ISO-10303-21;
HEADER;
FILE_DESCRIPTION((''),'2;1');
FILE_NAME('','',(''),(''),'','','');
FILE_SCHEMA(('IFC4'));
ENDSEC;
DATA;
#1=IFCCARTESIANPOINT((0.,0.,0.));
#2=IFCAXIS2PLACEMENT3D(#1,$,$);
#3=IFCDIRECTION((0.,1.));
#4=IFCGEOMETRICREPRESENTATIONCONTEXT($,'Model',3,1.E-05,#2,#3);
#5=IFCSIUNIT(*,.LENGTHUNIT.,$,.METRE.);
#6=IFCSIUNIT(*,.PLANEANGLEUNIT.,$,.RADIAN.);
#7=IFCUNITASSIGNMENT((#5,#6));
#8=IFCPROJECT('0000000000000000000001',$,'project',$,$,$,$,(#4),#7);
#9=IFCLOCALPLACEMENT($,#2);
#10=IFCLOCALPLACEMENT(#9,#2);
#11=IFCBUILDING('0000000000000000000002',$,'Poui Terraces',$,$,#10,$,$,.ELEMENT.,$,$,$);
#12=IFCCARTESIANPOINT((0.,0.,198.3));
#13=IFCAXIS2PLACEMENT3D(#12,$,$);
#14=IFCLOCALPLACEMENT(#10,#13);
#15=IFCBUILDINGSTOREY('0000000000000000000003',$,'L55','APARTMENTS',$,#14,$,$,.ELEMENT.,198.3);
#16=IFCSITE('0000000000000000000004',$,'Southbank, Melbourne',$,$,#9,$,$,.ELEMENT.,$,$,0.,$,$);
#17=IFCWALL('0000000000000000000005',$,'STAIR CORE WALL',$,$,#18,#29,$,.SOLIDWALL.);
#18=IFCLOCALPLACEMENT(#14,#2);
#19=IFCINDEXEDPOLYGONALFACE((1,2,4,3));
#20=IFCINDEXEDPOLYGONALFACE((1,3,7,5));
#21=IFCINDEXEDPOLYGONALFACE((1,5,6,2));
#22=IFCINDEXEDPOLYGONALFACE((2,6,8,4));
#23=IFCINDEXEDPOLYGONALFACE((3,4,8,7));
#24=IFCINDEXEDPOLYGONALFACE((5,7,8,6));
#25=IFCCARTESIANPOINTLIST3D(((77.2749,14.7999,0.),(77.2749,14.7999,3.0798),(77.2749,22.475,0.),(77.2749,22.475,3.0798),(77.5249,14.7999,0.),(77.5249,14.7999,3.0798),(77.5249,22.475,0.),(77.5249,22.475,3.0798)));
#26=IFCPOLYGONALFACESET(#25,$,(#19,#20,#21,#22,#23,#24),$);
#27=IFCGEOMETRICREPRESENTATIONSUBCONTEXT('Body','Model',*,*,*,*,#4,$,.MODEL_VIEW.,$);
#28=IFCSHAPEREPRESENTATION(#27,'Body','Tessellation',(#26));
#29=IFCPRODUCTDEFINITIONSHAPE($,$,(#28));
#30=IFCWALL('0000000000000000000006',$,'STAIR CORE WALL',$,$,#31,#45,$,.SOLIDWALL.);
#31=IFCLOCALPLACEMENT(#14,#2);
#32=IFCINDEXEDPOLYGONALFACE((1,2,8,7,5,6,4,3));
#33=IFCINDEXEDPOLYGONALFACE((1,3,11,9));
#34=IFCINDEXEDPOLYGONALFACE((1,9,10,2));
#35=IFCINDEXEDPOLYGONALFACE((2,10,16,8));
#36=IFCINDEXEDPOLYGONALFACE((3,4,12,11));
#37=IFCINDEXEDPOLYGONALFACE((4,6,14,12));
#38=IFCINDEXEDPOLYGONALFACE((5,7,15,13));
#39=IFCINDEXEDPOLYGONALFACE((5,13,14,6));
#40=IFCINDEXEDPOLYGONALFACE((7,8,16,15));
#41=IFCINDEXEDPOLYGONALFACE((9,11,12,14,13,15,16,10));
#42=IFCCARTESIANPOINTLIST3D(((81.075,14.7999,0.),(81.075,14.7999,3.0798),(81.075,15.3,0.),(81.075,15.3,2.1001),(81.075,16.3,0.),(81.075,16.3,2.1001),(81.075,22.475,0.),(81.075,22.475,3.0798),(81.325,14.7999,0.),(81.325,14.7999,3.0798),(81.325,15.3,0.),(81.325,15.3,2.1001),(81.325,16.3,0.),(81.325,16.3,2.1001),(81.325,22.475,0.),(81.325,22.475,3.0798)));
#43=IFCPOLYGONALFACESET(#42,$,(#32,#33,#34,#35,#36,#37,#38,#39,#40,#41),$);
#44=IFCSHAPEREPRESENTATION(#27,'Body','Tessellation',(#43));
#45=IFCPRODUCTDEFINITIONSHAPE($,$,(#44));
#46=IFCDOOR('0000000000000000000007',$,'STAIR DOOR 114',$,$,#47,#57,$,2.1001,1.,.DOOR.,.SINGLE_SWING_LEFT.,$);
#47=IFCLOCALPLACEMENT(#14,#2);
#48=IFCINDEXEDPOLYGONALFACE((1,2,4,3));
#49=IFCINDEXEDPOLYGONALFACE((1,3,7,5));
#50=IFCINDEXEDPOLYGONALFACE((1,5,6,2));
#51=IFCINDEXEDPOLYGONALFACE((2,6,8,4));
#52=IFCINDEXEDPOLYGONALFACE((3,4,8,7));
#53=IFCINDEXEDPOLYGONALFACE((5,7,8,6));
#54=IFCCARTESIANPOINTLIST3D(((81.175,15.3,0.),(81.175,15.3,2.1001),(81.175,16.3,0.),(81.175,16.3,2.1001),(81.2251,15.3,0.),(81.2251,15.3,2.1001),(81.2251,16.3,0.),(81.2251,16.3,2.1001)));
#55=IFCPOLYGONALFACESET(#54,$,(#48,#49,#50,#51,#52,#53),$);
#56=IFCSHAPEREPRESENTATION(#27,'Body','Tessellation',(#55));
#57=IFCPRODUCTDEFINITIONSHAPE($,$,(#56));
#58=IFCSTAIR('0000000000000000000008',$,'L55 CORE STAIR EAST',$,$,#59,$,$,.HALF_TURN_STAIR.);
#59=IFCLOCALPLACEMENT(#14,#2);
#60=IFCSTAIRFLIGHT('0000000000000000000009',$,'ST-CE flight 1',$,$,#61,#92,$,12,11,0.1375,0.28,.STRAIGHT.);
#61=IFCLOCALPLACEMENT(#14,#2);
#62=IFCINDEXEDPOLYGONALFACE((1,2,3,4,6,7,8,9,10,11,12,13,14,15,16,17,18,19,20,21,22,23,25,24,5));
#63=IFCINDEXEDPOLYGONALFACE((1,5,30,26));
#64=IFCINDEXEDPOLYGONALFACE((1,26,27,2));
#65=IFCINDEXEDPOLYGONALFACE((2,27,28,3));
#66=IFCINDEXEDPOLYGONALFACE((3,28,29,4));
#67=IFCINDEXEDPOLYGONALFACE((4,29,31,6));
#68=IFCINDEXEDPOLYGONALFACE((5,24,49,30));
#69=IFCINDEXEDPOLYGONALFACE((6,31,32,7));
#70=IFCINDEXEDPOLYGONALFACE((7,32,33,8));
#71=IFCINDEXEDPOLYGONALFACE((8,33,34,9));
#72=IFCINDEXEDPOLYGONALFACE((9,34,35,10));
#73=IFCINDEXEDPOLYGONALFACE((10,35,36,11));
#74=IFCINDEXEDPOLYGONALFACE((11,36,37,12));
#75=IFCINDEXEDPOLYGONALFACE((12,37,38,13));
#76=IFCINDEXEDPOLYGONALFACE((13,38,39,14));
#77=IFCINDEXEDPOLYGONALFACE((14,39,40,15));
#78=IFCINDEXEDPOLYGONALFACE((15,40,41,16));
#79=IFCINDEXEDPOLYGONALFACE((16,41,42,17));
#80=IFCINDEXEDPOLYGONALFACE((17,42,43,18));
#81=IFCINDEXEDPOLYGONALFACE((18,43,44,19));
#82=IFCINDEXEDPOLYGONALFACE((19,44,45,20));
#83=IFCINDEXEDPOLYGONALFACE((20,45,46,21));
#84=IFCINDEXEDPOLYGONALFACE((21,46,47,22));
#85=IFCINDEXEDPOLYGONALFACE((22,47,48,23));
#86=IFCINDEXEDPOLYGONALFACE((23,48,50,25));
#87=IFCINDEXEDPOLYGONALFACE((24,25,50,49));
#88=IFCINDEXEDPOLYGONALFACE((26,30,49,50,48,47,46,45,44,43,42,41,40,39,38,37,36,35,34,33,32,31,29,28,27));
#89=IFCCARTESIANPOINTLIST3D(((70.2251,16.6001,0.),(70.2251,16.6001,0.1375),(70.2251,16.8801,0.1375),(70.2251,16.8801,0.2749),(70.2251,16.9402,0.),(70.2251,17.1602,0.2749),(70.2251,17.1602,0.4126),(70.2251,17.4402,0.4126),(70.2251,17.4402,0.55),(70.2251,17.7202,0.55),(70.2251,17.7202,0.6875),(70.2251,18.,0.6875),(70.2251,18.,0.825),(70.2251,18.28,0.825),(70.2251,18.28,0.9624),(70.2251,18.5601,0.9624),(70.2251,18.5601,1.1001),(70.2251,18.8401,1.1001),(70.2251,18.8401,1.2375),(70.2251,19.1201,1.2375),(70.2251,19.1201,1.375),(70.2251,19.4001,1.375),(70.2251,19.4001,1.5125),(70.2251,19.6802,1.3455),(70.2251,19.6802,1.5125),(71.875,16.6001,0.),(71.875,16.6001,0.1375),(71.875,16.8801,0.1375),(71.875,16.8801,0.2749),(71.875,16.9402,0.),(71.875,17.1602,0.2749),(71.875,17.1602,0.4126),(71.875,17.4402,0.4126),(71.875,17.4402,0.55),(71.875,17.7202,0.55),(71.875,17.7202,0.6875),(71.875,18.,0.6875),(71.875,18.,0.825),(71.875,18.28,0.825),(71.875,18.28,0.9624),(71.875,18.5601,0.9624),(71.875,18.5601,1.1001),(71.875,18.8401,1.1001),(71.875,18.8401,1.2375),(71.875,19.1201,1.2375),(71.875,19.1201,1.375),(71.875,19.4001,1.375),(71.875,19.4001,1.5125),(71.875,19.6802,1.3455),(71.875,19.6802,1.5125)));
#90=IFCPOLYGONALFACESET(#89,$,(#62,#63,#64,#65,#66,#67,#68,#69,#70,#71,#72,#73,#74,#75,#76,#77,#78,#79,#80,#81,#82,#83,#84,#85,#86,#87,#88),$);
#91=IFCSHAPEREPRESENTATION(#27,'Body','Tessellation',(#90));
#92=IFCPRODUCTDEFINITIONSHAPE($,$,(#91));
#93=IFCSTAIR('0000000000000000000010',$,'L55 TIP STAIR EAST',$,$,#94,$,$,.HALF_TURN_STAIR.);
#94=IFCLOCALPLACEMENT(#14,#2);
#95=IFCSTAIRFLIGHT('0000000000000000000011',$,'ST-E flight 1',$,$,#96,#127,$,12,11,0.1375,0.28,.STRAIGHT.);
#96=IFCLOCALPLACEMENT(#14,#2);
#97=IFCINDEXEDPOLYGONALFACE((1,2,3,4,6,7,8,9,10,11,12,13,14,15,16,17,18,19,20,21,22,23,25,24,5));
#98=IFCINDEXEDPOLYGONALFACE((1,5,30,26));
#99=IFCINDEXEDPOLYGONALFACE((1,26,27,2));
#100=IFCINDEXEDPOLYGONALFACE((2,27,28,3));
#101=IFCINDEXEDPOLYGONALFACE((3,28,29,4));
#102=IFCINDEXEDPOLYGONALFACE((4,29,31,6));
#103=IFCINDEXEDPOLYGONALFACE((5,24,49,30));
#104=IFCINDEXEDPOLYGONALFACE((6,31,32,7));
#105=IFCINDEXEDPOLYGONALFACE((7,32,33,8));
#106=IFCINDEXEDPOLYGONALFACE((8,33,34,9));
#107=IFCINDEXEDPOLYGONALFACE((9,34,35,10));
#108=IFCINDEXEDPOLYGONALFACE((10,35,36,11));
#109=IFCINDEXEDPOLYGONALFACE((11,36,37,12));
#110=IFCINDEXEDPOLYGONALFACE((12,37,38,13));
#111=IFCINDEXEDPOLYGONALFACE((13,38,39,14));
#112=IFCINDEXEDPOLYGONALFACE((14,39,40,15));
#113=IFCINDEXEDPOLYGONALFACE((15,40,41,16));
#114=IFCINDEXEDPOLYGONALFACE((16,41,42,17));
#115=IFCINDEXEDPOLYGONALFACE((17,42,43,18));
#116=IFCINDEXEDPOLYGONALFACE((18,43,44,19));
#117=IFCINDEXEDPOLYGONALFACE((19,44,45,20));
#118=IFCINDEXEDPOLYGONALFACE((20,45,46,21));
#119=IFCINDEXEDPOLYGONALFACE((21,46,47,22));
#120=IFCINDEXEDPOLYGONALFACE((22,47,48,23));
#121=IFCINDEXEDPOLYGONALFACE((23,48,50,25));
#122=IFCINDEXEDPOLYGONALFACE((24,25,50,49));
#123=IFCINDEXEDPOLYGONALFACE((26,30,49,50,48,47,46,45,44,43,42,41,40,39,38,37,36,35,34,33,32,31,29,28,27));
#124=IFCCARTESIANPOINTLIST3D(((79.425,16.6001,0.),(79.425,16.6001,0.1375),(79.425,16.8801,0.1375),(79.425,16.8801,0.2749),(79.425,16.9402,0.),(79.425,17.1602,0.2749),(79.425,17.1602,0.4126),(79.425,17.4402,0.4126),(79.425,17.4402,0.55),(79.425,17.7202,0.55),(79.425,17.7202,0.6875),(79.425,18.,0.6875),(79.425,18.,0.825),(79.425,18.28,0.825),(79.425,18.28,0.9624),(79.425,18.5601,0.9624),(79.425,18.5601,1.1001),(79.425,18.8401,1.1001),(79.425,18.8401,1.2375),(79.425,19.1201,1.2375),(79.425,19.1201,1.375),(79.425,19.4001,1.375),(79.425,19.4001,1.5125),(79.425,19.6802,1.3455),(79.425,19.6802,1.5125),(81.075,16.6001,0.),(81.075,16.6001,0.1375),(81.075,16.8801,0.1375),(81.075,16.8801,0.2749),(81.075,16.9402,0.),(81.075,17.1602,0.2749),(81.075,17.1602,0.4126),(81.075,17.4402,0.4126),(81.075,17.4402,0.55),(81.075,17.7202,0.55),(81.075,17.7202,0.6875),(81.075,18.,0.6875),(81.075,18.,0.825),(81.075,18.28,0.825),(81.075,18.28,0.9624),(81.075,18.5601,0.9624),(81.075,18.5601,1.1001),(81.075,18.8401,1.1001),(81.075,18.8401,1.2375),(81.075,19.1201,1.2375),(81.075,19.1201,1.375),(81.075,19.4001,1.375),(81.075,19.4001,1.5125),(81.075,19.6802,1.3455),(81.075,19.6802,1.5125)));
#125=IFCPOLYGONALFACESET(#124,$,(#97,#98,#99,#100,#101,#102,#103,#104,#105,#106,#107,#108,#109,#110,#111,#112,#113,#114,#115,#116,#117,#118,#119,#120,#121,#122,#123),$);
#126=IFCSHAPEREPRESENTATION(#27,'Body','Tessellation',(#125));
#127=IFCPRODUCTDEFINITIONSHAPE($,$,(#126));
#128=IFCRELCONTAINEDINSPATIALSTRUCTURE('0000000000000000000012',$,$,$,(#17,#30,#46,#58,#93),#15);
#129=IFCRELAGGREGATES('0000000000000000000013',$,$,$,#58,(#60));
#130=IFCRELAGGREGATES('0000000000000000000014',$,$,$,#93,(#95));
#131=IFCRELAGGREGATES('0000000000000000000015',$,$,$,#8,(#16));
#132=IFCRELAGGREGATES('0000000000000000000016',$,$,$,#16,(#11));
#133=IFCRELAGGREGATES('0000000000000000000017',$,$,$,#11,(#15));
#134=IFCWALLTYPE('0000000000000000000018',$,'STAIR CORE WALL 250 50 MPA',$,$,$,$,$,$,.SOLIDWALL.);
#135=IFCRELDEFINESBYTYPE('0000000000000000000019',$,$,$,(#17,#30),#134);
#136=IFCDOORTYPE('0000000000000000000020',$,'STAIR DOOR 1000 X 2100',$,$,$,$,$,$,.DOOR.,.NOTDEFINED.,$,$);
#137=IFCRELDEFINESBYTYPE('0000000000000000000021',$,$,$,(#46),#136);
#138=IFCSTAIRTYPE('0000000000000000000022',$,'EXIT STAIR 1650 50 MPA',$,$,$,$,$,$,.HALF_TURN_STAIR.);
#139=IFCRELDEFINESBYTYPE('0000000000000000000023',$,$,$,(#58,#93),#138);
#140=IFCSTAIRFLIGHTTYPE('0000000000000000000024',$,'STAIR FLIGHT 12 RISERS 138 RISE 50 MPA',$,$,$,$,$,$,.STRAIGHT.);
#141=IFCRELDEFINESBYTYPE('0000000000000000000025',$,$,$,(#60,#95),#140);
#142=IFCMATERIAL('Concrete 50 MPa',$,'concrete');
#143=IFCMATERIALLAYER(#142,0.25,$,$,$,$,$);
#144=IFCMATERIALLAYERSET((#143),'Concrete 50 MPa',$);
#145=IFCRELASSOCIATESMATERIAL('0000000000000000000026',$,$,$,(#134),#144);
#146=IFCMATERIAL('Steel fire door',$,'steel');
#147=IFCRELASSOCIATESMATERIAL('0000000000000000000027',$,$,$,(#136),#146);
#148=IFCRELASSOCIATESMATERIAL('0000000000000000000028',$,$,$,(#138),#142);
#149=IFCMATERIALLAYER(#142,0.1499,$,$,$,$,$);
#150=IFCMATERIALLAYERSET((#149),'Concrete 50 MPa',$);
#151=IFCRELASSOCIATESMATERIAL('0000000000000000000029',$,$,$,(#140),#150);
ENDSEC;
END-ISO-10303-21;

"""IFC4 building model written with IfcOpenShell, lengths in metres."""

from ifc_helpers import new_model, si_unit, direction, frame, frame_2d, origin, place, context, subcontext, project, spatial, polyline, rectangle, outline, extrude, material, layer, layer_set, type_object, element, fill, aggregate, save


model = new_model("IFC4")

# Units and contexts
model_context = context("Model", 3, precision=1e-05, world=origin(), true_north=direction((0.0, 1.0)))
body_context = subcontext(model_context, "Body", "Model", "MODEL_VIEW")
ifc_project = project(units=[si_unit("LENGTHUNIT", "METRE"), si_unit("PLANEANGLEUNIT", "RADIAN")], contexts=[model_context])

# Site, building, storey
site_placement = place(None, origin())
site = spatial("IfcSite", under=ifc_project, at=site_placement, Name="Southbank, Melbourne", CompositionType="ELEMENT", RefElevation=0.0)
building_placement = place(site_placement, origin())
building = spatial("IfcBuilding", under=site, at=building_placement, Name="Poui Terraces", CompositionType="ELEMENT")
storey_placement = place(building_placement, frame((0.0, 0.0, 198.3)))
storey = spatial("IfcBuildingStorey", under=building, at=storey_placement, Name="L55", Description="APARTMENTS", CompositionType="ELEMENT", Elevation=198.3)

# Shared definitions
ifc_material_1 = material(Name="Concrete 50 MPa", Category="concrete")

# Shared definitions
ifc_material_2 = material(Name="Steel fire door", Category="steel")

# Shared definitions
ifc_layer_1 = layer(ifc_material_1, 0.25)
ifc_layer_set_1 = layer_set([ifc_layer_1], Name="Concrete 50 MPa")
wall_type_1 = type_object("IfcWallType", Name="STAIR CORE WALL 250 50 MPA", PredefinedType="SOLIDWALL", material=ifc_layer_set_1)
door_type_1 = type_object("IfcDoorType", Name="STAIR DOOR 1000 X 2100", OperationType="NOTDEFINED", PredefinedType="DOOR", material=ifc_material_2)

# Wall
for number, where, z_axis, x_axis, name in (
    (1, (77.3999, 14.8, 0.0), (0.0, 0.0, 1.0), (0.0, 1.0, 0.0), "STAIR CORE WALL"),
):
    element("IfcWall", number, at=place(storey_placement, frame(where, z_axis=z_axis, x_axis=x_axis)), inside=storey, type_object=wall_type_1, Name=name, PredefinedType="SOLIDWALL", context=body_context, shape_type="SweptSolid", body=[
        extrude(rectangle(XDim=7.675, YDim=0.25, at=frame_2d((3.8374, 0.0))), origin(), (0.0, 0.0, 1.0), 3.0798),
    ])

# Wall, opening, door
wall_1_placement = place(storey_placement, frame((81.2, 14.8, 0.0), z_axis=(0.0, 0.0, 1.0), x_axis=(0.0, 1.0, 0.0)))
wall_1 = element("IfcWall", 2, at=wall_1_placement, inside=storey, type_object=wall_type_1, Name="STAIR CORE WALL", PredefinedType="SOLIDWALL", context=body_context, shape_type="SweptSolid", body=[
    extrude(rectangle(XDim=7.675, YDim=0.25, at=frame_2d((3.8374, 0.0))), origin(), (0.0, 0.0, 1.0), 3.0798),
])
opening_1_placement = place(wall_1_placement, frame((0.5, 0.0, 0.0)))
opening_1 = element("IfcOpeningElement", 3, at=opening_1_placement, cuts=wall_1, PredefinedType="OPENING", context=body_context, shape_type="SweptSolid", body=[
    extrude(rectangle(XDim=1.0, YDim=2.1001, at=frame_2d((0.5, 1.05))), frame((0.0, 0.135, 0.0), z_axis=(0.0, -1.0, 0.0), x_axis=(1.0, 0.0, 0.0)), (0.0, 0.0, 1.0), 0.27),
])
door_1_placement = place(opening_1_placement, origin())
door_1 = element("IfcDoor", 4, at=door_1_placement, inside=storey, type_object=door_type_1, Name="STAIR DOOR 114", OperationType="SINGLE_SWING_LEFT", OverallHeight=2.1001, OverallWidth=1.0, PredefinedType="DOOR", context=body_context, shape_type="SweptSolid", body=[
    extrude(rectangle(XDim=1.0, YDim=2.1001, at=frame_2d((0.5, 1.05))), frame((0.0, 0.0249, 0.0), z_axis=(0.0, -1.0, 0.0), x_axis=(1.0, 0.0, 0.0)), (0.0, 0.0, 1.0), 0.05),
])
fill(opening_1, door_1)

# Stairs, stair flights
stair_type = type_object("IfcStairType", Name="EXIT STAIR 1650 50 MPA", PredefinedType="HALF_TURN_STAIR", material=ifc_material_1)
stair_1_placement = place(storey_placement, origin())
stair_1 = element("IfcStair", 5, at=stair_1_placement, inside=storey, type_object=stair_type, Name="L55 CORE STAIR EAST", PredefinedType="HALF_TURN_STAIR")
ifc_layer_2 = layer(ifc_material_1, 0.1499)
ifc_layer_set_2 = layer_set([ifc_layer_2], Name="Concrete 50 MPa")
stair_flight_type = type_object("IfcStairFlightType", Name="STAIR FLIGHT 12 RISERS 138 RISE 50 MPA", PredefinedType="STRAIGHT", material=ifc_layer_set_2)
stair_flight_1_placement = place(storey_placement, frame((71.05, 16.6001, 0.0), z_axis=(0.0, 0.0, 1.0), x_axis=(0.0, 1.0, 0.0)))
stair_flight_1 = element("IfcStairFlight", 6, at=stair_flight_1_placement, type_object=stair_flight_type, Name="ST-CE flight 1", NumberOfRisers=12, NumberOfTreads=11, PredefinedType="STRAIGHT", RiserHeight=0.1375, TreadLength=0.28, context=body_context, shape_type="SweptSolid", body=[
    extrude(outline(polyline([(0.0, 0.0), (0.0, 0.1375), (0.28, 0.1375), (0.28, 0.2749), (0.5601, 0.2749), (0.5601, 0.4126), (0.8401, 0.4126), (0.8401, 0.55), (1.1201, 0.55), (1.1201, 0.6875), (1.3999, 0.6875), (1.3999, 0.825), (1.6799, 0.825), (1.6799, 0.9624), (1.96, 0.9624), (1.96, 1.1001), (2.24, 1.1001), (2.24, 1.2375), (2.52, 1.2375), (2.52, 1.375), (2.8, 1.375), (2.8, 1.5125), (3.0801, 1.5125), (3.0801, 1.6499), (3.0801, 1.3455), (0.3401, 0.0), (0.0, 0.0)])), frame((0.0, 0.825, 0.0), z_axis=(0.0, -1.0, 0.0), x_axis=(1.0, 0.0, 0.0)), (0.0, 0.0, 1.0), 1.6499),
])
aggregate(stair_1, [stair_flight_1])
stair_2_placement = place(storey_placement, origin())
stair_2 = element("IfcStair", 7, at=stair_2_placement, inside=storey, type_object=stair_type, Name="L55 TIP STAIR EAST", PredefinedType="HALF_TURN_STAIR")
stair_flight_2_placement = place(storey_placement, frame((80.25, 16.6001, 0.0), z_axis=(0.0, 0.0, 1.0), x_axis=(0.0, 1.0, 0.0)))
stair_flight_2 = element("IfcStairFlight", 8, at=stair_flight_2_placement, type_object=stair_flight_type, Name="ST-E flight 1", NumberOfRisers=12, NumberOfTreads=11, PredefinedType="STRAIGHT", RiserHeight=0.1375, TreadLength=0.28, context=body_context, shape_type="SweptSolid", body=[
    extrude(outline(polyline([(0.0, 0.0), (0.0, 0.1375), (0.28, 0.1375), (0.28, 0.2749), (0.5601, 0.2749), (0.5601, 0.4126), (0.8401, 0.4126), (0.8401, 0.55), (1.1201, 0.55), (1.1201, 0.6875), (1.3999, 0.6875), (1.3999, 0.825), (1.6799, 0.825), (1.6799, 0.9624), (1.96, 0.9624), (1.96, 1.1001), (2.24, 1.1001), (2.24, 1.2375), (2.52, 1.2375), (2.52, 1.375), (2.8, 1.375), (2.8, 1.5125), (3.0801, 1.5125), (3.0801, 1.6499), (3.0801, 1.3455), (0.3401, 0.0), (0.0, 0.0)])), frame((0.0, 0.825, 0.0), z_axis=(0.0, -1.0, 0.0), x_axis=(1.0, 0.0, 0.0)), (0.0, 0.0, 1.0), 1.6499),
])
aggregate(stair_2, [stair_flight_2])

save(model, "model.ifc")
